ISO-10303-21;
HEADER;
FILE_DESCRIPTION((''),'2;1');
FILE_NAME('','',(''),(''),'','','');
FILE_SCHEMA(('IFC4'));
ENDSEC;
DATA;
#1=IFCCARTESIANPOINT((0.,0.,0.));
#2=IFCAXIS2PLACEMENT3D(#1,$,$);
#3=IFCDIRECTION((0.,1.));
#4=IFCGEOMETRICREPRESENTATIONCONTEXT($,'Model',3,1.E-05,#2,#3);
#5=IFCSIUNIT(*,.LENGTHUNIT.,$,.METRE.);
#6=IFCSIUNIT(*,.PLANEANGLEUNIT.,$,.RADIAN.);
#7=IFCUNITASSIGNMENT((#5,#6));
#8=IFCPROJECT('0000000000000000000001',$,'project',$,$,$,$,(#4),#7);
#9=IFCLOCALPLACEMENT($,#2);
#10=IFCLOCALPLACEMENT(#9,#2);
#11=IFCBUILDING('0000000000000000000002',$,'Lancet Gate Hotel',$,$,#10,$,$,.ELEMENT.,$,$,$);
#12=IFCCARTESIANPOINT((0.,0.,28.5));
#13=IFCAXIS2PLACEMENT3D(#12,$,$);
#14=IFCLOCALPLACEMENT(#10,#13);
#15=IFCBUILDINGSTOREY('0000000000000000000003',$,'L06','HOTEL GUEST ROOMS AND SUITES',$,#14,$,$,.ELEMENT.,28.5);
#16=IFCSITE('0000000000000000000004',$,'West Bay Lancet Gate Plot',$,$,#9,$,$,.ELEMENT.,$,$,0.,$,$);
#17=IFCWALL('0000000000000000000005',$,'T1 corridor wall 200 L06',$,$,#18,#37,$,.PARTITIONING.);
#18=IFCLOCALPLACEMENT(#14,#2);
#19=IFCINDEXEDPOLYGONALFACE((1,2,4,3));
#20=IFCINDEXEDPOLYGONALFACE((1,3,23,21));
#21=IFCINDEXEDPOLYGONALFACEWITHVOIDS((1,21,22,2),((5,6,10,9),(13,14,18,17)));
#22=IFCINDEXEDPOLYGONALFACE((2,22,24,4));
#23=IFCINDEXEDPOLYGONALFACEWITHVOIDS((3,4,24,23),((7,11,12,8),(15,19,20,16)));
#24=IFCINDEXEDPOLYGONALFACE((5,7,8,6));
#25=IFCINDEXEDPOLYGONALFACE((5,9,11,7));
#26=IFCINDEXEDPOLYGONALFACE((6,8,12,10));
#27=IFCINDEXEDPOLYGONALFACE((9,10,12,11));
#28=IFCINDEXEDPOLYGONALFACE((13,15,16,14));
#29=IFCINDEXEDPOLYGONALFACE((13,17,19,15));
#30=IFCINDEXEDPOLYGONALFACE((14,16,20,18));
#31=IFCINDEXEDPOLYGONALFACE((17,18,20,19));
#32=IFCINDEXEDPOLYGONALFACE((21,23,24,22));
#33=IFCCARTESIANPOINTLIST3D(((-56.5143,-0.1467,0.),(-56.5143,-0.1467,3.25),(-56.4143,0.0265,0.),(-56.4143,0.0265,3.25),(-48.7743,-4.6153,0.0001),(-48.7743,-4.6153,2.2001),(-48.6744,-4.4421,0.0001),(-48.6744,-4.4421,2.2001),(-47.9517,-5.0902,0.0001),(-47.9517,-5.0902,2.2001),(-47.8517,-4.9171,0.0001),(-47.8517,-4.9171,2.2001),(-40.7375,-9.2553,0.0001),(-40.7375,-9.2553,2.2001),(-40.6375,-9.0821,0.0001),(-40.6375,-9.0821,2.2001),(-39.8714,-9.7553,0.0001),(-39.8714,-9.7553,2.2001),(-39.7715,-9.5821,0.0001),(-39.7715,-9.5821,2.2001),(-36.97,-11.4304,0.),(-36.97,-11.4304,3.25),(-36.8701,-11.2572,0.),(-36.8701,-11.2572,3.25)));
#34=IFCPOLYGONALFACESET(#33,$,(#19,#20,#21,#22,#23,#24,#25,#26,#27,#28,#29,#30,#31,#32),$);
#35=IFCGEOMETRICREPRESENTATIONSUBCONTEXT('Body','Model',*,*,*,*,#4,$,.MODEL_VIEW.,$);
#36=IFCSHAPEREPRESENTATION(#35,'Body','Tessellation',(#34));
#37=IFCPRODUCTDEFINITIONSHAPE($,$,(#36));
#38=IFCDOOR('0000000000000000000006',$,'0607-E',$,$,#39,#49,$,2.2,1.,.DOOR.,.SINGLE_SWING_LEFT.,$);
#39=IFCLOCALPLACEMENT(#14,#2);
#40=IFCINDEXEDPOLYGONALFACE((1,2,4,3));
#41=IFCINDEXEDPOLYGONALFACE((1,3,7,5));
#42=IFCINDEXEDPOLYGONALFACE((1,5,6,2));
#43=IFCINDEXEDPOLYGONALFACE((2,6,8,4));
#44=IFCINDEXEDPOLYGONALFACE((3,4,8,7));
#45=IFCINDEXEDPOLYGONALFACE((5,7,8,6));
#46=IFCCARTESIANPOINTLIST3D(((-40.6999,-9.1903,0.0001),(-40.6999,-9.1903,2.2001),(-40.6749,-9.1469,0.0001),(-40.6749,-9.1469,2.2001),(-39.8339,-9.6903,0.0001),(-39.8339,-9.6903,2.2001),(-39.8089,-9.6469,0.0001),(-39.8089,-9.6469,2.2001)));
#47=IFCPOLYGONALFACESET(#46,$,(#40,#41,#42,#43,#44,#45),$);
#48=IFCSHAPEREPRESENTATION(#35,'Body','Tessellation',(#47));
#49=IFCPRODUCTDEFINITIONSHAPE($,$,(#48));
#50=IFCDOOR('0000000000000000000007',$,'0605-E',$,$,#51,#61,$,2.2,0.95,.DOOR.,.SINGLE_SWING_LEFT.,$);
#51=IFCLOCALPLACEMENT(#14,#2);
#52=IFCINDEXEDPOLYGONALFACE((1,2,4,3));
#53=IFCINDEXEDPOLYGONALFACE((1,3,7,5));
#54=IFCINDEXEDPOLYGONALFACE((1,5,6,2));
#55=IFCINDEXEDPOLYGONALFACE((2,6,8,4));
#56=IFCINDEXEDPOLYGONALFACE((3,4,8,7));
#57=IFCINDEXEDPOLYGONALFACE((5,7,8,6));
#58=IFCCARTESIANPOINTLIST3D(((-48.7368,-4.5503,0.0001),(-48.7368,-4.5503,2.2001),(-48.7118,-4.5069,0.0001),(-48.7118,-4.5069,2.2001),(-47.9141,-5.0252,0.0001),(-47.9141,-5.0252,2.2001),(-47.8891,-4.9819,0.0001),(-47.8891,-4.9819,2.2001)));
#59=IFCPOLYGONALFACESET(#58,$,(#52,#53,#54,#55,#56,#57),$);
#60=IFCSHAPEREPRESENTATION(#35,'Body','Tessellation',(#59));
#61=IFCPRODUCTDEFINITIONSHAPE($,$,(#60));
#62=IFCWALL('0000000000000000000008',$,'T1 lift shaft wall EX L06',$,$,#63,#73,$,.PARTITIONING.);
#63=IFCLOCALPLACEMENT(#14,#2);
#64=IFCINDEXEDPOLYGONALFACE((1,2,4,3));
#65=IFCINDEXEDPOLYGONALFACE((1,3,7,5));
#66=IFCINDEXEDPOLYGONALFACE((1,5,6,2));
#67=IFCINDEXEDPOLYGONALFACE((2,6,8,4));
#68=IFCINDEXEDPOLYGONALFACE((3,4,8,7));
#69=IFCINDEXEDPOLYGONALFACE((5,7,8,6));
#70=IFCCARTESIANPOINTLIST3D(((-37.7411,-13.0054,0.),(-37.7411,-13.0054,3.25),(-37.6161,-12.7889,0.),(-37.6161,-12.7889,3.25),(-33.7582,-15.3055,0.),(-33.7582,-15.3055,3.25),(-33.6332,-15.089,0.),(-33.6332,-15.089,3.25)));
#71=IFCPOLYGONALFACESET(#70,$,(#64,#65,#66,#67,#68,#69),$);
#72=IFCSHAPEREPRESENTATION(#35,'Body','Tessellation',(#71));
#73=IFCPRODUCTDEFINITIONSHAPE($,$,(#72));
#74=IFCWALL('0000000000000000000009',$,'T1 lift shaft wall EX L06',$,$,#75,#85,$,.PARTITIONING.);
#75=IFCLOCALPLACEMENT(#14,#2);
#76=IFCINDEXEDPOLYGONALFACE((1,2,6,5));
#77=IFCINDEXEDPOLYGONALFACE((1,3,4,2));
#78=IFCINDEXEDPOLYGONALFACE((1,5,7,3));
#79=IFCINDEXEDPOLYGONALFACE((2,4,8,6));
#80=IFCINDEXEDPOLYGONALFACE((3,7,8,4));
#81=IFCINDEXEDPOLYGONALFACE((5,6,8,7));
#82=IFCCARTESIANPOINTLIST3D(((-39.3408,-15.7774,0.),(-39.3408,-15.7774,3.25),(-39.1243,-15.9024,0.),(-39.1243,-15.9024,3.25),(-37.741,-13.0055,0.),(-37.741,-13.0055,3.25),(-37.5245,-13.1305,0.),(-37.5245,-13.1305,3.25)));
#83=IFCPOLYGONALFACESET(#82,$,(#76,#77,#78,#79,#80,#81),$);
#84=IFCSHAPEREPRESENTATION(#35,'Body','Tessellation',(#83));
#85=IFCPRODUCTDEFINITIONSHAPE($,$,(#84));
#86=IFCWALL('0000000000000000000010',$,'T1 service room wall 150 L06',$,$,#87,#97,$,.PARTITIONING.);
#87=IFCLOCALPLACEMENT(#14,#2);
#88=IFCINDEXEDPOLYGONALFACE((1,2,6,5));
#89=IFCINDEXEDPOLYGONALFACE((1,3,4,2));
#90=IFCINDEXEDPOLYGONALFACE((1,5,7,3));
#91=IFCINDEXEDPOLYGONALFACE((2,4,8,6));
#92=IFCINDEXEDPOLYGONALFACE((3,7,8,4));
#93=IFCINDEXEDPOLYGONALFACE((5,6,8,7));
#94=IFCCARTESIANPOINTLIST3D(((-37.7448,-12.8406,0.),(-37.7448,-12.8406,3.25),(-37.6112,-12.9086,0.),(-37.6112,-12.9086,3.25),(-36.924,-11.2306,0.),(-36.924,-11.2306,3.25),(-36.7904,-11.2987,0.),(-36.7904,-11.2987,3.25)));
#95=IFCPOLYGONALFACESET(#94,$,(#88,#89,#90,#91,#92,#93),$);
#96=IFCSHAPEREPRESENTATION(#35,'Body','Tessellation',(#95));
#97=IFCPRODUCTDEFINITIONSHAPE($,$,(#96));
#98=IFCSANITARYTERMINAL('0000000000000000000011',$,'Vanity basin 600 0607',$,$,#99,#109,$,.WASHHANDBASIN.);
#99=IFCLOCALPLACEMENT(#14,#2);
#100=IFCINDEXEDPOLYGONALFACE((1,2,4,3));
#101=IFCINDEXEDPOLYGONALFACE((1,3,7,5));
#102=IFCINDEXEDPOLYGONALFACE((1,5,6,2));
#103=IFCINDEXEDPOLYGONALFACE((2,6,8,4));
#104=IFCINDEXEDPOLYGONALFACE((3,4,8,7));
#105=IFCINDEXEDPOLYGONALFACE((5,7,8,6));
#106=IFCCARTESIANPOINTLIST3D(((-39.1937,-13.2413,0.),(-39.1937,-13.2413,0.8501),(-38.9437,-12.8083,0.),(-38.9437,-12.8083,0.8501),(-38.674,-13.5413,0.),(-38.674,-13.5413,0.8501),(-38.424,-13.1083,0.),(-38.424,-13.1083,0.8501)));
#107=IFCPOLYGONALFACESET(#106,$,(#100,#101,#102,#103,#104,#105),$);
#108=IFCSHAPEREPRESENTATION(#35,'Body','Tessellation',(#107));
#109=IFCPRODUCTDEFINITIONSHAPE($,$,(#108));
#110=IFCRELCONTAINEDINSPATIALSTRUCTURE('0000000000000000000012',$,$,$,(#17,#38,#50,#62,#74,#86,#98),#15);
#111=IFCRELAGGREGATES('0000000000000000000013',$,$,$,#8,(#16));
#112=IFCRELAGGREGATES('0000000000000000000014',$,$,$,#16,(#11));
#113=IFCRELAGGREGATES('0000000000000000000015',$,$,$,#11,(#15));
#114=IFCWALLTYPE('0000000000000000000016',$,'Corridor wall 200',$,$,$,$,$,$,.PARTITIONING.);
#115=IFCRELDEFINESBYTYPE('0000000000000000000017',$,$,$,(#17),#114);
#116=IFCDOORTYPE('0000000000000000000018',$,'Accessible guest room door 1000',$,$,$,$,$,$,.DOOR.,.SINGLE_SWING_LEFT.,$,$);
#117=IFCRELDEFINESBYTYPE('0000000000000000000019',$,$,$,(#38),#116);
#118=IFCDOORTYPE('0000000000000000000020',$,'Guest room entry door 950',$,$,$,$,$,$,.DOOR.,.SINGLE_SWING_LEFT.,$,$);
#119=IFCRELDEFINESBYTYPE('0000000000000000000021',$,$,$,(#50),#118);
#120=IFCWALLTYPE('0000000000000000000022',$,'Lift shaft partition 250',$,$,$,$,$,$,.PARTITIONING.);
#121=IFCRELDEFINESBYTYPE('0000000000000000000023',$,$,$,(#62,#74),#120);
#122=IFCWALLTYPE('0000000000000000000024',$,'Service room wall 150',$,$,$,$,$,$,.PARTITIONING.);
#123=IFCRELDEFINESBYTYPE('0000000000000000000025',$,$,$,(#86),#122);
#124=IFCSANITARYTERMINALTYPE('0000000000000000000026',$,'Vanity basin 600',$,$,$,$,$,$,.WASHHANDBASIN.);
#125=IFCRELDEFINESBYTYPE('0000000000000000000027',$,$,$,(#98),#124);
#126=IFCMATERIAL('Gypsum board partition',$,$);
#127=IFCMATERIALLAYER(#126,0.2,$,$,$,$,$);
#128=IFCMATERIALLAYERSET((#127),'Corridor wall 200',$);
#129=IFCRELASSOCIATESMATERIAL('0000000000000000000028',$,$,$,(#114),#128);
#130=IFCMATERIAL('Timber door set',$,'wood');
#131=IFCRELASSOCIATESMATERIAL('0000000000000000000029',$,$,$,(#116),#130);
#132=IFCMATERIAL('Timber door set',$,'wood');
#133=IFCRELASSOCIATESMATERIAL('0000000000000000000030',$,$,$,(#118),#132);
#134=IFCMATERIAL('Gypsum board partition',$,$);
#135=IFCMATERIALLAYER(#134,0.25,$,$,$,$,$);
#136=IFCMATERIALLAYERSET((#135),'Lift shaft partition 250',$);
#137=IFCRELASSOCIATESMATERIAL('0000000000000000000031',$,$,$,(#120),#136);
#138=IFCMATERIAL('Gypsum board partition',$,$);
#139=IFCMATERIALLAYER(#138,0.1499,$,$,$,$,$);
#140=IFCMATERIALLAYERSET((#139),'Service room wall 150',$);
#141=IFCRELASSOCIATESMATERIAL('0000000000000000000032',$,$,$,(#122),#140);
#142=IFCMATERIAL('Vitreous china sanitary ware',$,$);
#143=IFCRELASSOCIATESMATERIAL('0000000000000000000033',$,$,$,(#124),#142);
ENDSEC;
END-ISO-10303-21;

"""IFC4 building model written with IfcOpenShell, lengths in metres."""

from ifc_helpers import new_model, si_unit, direction, frame, frame_2d, origin, origin_2d, place, context, subcontext, project, spatial, rectangle, extrude, material, layer, layer_set, type_object, element, fill, save


model = new_model("IFC4")

# Units and contexts
model_context = context("Model", 3, precision=1e-05, world=origin(), true_north=direction((0.0, 1.0)))
body_context = subcontext(model_context, "Body", "Model", "MODEL_VIEW")
ifc_project = project(units=[si_unit("LENGTHUNIT", "METRE"), si_unit("PLANEANGLEUNIT", "RADIAN")], contexts=[model_context])

# Site, building, storey
site_placement = place(None, origin())
site = spatial("IfcSite", under=ifc_project, at=site_placement, Name="West Bay Lancet Gate Plot", CompositionType="ELEMENT", RefElevation=0.0)
building_placement = place(site_placement, origin())
building = spatial("IfcBuilding", under=site, at=building_placement, Name="Lancet Gate Hotel", CompositionType="ELEMENT")
storey_placement = place(building_placement, frame((0.0, 0.0, 28.5)))
storey = spatial("IfcBuildingStorey", under=building, at=storey_placement, Name="L06", Description="HOTEL GUEST ROOMS AND SUITES", CompositionType="ELEMENT", Elevation=28.5)

# Wall, openings, doors
ifc_material_1 = material(Name="Gypsum board partition")
ifc_layer_1 = layer(ifc_material_1, 0.2)
ifc_layer_set_1 = layer_set([ifc_layer_1], Name="Corridor wall 200")
wall_type_1 = type_object("IfcWallType", Name="Corridor wall 200", PredefinedType="PARTITIONING", material=ifc_layer_set_1)
wall_1_placement = place(storey_placement, frame((-36.9202, -11.3438, 0.0), z_axis=(0.0, 0.0, 1.0), x_axis=(-0.866028, 0.499995, 0.0)))
wall_1 = element("IfcWall", 1, at=wall_1_placement, inside=storey, type_object=wall_type_1, Name="T1 corridor wall 200 L06", PredefinedType="PARTITIONING", context=body_context, shape_type="SweptSolid", body=[
    extrude(rectangle(XDim=22.5676, YDim=0.2, at=frame_2d((11.2837, 0.0))), origin(), (0.0, 0.0, 1.0), 3.25),
])
opening_1_placement = place(wall_1_placement, frame((12.6802, 0.0, 0.0)))
opening_1 = element("IfcOpeningElement", 2, at=opening_1_placement, cuts=wall_1, PredefinedType="OPENING", context=body_context, shape_type="SweptSolid", body=[
    extrude(rectangle(XDim=0.95, YDim=2.2, at=frame_2d((0.4751, 1.1001))), frame((0.0, 0.1099, 0.0), z_axis=(0.0, -1.0, 0.0), x_axis=(1.0, 0.0, 0.0)), (0.0, 0.0, 1.0), 0.22),
])
opening_2_placement = place(wall_1_placement, frame((3.3501, 0.0, 0.0)))
opening_2 = element("IfcOpeningElement", 3, at=opening_2_placement, cuts=wall_1, PredefinedType="OPENING", context=body_context, shape_type="SweptSolid", body=[
    extrude(rectangle(XDim=1.0, YDim=2.2, at=frame_2d((0.5, 1.1001))), frame((0.0, 0.1099, 0.0), z_axis=(0.0, -1.0, 0.0), x_axis=(1.0, 0.0, 0.0)), (0.0, 0.0, 1.0), 0.22),
])
ifc_material_2 = material(Name="Timber door set", Category="wood")
door_type_1 = type_object("IfcDoorType", Name="Accessible guest room door 1000", OperationType="SINGLE_SWING_LEFT", PredefinedType="DOOR", material=ifc_material_2)
door_1_placement = place(opening_2_placement, origin())
door_1 = element("IfcDoor", 4, at=door_1_placement, inside=storey, type_object=door_type_1, Name="0607-E", OperationType="SINGLE_SWING_LEFT", OverallHeight=2.2, OverallWidth=1.0, PredefinedType="DOOR", context=body_context, shape_type="SweptSolid", body=[
    extrude(rectangle(XDim=1.0, YDim=2.2, at=frame_2d((0.5, 1.1001))), frame((0.0, 0.0249, 0.0), z_axis=(0.0, -1.0, 0.0), x_axis=(1.0, 0.0, 0.0)), (0.0, 0.0, 1.0), 0.05),
])
fill(opening_2, door_1)
ifc_material_3 = material(Name="Timber door set", Category="wood")
door_type_2 = type_object("IfcDoorType", Name="Guest room entry door 950", OperationType="SINGLE_SWING_LEFT", PredefinedType="DOOR", material=ifc_material_3)
door_2_placement = place(opening_1_placement, origin())
door_2 = element("IfcDoor", 5, at=door_2_placement, inside=storey, type_object=door_type_2, Name="0605-E", OperationType="SINGLE_SWING_LEFT", OverallHeight=2.2, OverallWidth=0.95, PredefinedType="DOOR", context=body_context, shape_type="SweptSolid", body=[
    extrude(rectangle(XDim=0.95, YDim=2.2, at=frame_2d((0.4751, 1.1001))), frame((0.0, 0.0249, 0.0), z_axis=(0.0, -1.0, 0.0), x_axis=(1.0, 0.0, 0.0)), (0.0, 0.0, 1.0), 0.05),
])
fill(opening_1, door_2)

# Walls
ifc_material_4 = material(Name="Gypsum board partition")
ifc_layer_2 = layer(ifc_material_4, 0.25)
ifc_layer_set_2 = layer_set([ifc_layer_2], Name="Lift shaft partition 250")
wall_type_2 = type_object("IfcWallType", Name="Lift shaft partition 250", PredefinedType="PARTITIONING", material=ifc_layer_set_2)
wall_2_placement = place(storey_placement, frame((-33.6956, -15.1973, 0.0), z_axis=(0.0, 0.0, 1.0), x_axis=(-0.865977, 0.500084, 0.0)))
element("IfcWall", 6, at=wall_2_placement, inside=storey, type_object=wall_type_2, Name="T1 lift shaft wall EX L06", PredefinedType="PARTITIONING", context=body_context, shape_type="SweptSolid", body=[
    extrude(rectangle(XDim=4.5994, YDim=0.25, at=frame_2d((2.2998, 0.0))), origin(), (0.0, 0.0, 1.0), 3.25),
])
wall_3_placement = place(storey_placement, frame((-37.6328, -13.0681, 0.0), z_axis=(0.0, 0.0, 1.0), x_axis=(-0.499872, -0.866099, 0.0)))
element("IfcWall", 7, at=wall_3_placement, inside=storey, type_object=wall_type_2, Name="T1 lift shaft wall EX L06", PredefinedType="PARTITIONING", context=body_context, shape_type="SweptSolid", body=[
    extrude(rectangle(XDim=3.2004, YDim=0.25, at=frame_2d((1.6001, 0.0))), origin(), (0.0, 0.0, 1.0), 3.25),
])
ifc_material_5 = material(Name="Gypsum board partition")
ifc_layer_3 = layer(ifc_material_5, 0.1499)
ifc_layer_set_3 = layer_set([ifc_layer_3], Name="Service room wall 150")
wall_type_3 = type_object("IfcWallType", Name="Service room wall 150", PredefinedType="PARTITIONING", material=ifc_layer_set_3)
wall_4_placement = place(storey_placement, frame((-36.8572, -11.2646, 0.0), z_axis=(0.0, 0.0, 1.0), x_axis=(-0.454225, -0.890887, 0.0)))
element("IfcWall", 8, at=wall_4_placement, inside=storey, type_object=wall_type_3, Name="T1 service room wall 150 L06", PredefinedType="PARTITIONING", context=body_context, shape_type="SweptSolid", body=[
    extrude(rectangle(XDim=1.8071, YDim=0.1499, at=frame_2d((0.9036, 0.0))), origin(), (0.0, 0.0, 1.0), 3.25),
])

# Sanitary terminal
ifc_material_6 = material(Name="Vitreous china sanitary ware")
sanitary_terminal_type = type_object("IfcSanitaryTerminalType", Name="Vanity basin 600", PredefinedType="WASHHANDBASIN", material=ifc_material_6)
sanitary_terminal_placement = place(storey_placement, frame((-38.8088, -13.1748, 0.0), z_axis=(0.0, 0.0, 1.0), x_axis=(-0.866025, 0.5, 0.0)))
element("IfcSanitaryTerminal", 9, at=sanitary_terminal_placement, inside=storey, type_object=sanitary_terminal_type, Name="Vanity basin 600 0607", PredefinedType="WASHHANDBASIN", context=body_context, shape_type="SweptSolid", body=[
    extrude(rectangle(XDim=0.6001, YDim=0.5, at=origin_2d()), origin(), (0.0, 0.0, 1.0), 0.8501),
])

save(model, "model.ifc")
